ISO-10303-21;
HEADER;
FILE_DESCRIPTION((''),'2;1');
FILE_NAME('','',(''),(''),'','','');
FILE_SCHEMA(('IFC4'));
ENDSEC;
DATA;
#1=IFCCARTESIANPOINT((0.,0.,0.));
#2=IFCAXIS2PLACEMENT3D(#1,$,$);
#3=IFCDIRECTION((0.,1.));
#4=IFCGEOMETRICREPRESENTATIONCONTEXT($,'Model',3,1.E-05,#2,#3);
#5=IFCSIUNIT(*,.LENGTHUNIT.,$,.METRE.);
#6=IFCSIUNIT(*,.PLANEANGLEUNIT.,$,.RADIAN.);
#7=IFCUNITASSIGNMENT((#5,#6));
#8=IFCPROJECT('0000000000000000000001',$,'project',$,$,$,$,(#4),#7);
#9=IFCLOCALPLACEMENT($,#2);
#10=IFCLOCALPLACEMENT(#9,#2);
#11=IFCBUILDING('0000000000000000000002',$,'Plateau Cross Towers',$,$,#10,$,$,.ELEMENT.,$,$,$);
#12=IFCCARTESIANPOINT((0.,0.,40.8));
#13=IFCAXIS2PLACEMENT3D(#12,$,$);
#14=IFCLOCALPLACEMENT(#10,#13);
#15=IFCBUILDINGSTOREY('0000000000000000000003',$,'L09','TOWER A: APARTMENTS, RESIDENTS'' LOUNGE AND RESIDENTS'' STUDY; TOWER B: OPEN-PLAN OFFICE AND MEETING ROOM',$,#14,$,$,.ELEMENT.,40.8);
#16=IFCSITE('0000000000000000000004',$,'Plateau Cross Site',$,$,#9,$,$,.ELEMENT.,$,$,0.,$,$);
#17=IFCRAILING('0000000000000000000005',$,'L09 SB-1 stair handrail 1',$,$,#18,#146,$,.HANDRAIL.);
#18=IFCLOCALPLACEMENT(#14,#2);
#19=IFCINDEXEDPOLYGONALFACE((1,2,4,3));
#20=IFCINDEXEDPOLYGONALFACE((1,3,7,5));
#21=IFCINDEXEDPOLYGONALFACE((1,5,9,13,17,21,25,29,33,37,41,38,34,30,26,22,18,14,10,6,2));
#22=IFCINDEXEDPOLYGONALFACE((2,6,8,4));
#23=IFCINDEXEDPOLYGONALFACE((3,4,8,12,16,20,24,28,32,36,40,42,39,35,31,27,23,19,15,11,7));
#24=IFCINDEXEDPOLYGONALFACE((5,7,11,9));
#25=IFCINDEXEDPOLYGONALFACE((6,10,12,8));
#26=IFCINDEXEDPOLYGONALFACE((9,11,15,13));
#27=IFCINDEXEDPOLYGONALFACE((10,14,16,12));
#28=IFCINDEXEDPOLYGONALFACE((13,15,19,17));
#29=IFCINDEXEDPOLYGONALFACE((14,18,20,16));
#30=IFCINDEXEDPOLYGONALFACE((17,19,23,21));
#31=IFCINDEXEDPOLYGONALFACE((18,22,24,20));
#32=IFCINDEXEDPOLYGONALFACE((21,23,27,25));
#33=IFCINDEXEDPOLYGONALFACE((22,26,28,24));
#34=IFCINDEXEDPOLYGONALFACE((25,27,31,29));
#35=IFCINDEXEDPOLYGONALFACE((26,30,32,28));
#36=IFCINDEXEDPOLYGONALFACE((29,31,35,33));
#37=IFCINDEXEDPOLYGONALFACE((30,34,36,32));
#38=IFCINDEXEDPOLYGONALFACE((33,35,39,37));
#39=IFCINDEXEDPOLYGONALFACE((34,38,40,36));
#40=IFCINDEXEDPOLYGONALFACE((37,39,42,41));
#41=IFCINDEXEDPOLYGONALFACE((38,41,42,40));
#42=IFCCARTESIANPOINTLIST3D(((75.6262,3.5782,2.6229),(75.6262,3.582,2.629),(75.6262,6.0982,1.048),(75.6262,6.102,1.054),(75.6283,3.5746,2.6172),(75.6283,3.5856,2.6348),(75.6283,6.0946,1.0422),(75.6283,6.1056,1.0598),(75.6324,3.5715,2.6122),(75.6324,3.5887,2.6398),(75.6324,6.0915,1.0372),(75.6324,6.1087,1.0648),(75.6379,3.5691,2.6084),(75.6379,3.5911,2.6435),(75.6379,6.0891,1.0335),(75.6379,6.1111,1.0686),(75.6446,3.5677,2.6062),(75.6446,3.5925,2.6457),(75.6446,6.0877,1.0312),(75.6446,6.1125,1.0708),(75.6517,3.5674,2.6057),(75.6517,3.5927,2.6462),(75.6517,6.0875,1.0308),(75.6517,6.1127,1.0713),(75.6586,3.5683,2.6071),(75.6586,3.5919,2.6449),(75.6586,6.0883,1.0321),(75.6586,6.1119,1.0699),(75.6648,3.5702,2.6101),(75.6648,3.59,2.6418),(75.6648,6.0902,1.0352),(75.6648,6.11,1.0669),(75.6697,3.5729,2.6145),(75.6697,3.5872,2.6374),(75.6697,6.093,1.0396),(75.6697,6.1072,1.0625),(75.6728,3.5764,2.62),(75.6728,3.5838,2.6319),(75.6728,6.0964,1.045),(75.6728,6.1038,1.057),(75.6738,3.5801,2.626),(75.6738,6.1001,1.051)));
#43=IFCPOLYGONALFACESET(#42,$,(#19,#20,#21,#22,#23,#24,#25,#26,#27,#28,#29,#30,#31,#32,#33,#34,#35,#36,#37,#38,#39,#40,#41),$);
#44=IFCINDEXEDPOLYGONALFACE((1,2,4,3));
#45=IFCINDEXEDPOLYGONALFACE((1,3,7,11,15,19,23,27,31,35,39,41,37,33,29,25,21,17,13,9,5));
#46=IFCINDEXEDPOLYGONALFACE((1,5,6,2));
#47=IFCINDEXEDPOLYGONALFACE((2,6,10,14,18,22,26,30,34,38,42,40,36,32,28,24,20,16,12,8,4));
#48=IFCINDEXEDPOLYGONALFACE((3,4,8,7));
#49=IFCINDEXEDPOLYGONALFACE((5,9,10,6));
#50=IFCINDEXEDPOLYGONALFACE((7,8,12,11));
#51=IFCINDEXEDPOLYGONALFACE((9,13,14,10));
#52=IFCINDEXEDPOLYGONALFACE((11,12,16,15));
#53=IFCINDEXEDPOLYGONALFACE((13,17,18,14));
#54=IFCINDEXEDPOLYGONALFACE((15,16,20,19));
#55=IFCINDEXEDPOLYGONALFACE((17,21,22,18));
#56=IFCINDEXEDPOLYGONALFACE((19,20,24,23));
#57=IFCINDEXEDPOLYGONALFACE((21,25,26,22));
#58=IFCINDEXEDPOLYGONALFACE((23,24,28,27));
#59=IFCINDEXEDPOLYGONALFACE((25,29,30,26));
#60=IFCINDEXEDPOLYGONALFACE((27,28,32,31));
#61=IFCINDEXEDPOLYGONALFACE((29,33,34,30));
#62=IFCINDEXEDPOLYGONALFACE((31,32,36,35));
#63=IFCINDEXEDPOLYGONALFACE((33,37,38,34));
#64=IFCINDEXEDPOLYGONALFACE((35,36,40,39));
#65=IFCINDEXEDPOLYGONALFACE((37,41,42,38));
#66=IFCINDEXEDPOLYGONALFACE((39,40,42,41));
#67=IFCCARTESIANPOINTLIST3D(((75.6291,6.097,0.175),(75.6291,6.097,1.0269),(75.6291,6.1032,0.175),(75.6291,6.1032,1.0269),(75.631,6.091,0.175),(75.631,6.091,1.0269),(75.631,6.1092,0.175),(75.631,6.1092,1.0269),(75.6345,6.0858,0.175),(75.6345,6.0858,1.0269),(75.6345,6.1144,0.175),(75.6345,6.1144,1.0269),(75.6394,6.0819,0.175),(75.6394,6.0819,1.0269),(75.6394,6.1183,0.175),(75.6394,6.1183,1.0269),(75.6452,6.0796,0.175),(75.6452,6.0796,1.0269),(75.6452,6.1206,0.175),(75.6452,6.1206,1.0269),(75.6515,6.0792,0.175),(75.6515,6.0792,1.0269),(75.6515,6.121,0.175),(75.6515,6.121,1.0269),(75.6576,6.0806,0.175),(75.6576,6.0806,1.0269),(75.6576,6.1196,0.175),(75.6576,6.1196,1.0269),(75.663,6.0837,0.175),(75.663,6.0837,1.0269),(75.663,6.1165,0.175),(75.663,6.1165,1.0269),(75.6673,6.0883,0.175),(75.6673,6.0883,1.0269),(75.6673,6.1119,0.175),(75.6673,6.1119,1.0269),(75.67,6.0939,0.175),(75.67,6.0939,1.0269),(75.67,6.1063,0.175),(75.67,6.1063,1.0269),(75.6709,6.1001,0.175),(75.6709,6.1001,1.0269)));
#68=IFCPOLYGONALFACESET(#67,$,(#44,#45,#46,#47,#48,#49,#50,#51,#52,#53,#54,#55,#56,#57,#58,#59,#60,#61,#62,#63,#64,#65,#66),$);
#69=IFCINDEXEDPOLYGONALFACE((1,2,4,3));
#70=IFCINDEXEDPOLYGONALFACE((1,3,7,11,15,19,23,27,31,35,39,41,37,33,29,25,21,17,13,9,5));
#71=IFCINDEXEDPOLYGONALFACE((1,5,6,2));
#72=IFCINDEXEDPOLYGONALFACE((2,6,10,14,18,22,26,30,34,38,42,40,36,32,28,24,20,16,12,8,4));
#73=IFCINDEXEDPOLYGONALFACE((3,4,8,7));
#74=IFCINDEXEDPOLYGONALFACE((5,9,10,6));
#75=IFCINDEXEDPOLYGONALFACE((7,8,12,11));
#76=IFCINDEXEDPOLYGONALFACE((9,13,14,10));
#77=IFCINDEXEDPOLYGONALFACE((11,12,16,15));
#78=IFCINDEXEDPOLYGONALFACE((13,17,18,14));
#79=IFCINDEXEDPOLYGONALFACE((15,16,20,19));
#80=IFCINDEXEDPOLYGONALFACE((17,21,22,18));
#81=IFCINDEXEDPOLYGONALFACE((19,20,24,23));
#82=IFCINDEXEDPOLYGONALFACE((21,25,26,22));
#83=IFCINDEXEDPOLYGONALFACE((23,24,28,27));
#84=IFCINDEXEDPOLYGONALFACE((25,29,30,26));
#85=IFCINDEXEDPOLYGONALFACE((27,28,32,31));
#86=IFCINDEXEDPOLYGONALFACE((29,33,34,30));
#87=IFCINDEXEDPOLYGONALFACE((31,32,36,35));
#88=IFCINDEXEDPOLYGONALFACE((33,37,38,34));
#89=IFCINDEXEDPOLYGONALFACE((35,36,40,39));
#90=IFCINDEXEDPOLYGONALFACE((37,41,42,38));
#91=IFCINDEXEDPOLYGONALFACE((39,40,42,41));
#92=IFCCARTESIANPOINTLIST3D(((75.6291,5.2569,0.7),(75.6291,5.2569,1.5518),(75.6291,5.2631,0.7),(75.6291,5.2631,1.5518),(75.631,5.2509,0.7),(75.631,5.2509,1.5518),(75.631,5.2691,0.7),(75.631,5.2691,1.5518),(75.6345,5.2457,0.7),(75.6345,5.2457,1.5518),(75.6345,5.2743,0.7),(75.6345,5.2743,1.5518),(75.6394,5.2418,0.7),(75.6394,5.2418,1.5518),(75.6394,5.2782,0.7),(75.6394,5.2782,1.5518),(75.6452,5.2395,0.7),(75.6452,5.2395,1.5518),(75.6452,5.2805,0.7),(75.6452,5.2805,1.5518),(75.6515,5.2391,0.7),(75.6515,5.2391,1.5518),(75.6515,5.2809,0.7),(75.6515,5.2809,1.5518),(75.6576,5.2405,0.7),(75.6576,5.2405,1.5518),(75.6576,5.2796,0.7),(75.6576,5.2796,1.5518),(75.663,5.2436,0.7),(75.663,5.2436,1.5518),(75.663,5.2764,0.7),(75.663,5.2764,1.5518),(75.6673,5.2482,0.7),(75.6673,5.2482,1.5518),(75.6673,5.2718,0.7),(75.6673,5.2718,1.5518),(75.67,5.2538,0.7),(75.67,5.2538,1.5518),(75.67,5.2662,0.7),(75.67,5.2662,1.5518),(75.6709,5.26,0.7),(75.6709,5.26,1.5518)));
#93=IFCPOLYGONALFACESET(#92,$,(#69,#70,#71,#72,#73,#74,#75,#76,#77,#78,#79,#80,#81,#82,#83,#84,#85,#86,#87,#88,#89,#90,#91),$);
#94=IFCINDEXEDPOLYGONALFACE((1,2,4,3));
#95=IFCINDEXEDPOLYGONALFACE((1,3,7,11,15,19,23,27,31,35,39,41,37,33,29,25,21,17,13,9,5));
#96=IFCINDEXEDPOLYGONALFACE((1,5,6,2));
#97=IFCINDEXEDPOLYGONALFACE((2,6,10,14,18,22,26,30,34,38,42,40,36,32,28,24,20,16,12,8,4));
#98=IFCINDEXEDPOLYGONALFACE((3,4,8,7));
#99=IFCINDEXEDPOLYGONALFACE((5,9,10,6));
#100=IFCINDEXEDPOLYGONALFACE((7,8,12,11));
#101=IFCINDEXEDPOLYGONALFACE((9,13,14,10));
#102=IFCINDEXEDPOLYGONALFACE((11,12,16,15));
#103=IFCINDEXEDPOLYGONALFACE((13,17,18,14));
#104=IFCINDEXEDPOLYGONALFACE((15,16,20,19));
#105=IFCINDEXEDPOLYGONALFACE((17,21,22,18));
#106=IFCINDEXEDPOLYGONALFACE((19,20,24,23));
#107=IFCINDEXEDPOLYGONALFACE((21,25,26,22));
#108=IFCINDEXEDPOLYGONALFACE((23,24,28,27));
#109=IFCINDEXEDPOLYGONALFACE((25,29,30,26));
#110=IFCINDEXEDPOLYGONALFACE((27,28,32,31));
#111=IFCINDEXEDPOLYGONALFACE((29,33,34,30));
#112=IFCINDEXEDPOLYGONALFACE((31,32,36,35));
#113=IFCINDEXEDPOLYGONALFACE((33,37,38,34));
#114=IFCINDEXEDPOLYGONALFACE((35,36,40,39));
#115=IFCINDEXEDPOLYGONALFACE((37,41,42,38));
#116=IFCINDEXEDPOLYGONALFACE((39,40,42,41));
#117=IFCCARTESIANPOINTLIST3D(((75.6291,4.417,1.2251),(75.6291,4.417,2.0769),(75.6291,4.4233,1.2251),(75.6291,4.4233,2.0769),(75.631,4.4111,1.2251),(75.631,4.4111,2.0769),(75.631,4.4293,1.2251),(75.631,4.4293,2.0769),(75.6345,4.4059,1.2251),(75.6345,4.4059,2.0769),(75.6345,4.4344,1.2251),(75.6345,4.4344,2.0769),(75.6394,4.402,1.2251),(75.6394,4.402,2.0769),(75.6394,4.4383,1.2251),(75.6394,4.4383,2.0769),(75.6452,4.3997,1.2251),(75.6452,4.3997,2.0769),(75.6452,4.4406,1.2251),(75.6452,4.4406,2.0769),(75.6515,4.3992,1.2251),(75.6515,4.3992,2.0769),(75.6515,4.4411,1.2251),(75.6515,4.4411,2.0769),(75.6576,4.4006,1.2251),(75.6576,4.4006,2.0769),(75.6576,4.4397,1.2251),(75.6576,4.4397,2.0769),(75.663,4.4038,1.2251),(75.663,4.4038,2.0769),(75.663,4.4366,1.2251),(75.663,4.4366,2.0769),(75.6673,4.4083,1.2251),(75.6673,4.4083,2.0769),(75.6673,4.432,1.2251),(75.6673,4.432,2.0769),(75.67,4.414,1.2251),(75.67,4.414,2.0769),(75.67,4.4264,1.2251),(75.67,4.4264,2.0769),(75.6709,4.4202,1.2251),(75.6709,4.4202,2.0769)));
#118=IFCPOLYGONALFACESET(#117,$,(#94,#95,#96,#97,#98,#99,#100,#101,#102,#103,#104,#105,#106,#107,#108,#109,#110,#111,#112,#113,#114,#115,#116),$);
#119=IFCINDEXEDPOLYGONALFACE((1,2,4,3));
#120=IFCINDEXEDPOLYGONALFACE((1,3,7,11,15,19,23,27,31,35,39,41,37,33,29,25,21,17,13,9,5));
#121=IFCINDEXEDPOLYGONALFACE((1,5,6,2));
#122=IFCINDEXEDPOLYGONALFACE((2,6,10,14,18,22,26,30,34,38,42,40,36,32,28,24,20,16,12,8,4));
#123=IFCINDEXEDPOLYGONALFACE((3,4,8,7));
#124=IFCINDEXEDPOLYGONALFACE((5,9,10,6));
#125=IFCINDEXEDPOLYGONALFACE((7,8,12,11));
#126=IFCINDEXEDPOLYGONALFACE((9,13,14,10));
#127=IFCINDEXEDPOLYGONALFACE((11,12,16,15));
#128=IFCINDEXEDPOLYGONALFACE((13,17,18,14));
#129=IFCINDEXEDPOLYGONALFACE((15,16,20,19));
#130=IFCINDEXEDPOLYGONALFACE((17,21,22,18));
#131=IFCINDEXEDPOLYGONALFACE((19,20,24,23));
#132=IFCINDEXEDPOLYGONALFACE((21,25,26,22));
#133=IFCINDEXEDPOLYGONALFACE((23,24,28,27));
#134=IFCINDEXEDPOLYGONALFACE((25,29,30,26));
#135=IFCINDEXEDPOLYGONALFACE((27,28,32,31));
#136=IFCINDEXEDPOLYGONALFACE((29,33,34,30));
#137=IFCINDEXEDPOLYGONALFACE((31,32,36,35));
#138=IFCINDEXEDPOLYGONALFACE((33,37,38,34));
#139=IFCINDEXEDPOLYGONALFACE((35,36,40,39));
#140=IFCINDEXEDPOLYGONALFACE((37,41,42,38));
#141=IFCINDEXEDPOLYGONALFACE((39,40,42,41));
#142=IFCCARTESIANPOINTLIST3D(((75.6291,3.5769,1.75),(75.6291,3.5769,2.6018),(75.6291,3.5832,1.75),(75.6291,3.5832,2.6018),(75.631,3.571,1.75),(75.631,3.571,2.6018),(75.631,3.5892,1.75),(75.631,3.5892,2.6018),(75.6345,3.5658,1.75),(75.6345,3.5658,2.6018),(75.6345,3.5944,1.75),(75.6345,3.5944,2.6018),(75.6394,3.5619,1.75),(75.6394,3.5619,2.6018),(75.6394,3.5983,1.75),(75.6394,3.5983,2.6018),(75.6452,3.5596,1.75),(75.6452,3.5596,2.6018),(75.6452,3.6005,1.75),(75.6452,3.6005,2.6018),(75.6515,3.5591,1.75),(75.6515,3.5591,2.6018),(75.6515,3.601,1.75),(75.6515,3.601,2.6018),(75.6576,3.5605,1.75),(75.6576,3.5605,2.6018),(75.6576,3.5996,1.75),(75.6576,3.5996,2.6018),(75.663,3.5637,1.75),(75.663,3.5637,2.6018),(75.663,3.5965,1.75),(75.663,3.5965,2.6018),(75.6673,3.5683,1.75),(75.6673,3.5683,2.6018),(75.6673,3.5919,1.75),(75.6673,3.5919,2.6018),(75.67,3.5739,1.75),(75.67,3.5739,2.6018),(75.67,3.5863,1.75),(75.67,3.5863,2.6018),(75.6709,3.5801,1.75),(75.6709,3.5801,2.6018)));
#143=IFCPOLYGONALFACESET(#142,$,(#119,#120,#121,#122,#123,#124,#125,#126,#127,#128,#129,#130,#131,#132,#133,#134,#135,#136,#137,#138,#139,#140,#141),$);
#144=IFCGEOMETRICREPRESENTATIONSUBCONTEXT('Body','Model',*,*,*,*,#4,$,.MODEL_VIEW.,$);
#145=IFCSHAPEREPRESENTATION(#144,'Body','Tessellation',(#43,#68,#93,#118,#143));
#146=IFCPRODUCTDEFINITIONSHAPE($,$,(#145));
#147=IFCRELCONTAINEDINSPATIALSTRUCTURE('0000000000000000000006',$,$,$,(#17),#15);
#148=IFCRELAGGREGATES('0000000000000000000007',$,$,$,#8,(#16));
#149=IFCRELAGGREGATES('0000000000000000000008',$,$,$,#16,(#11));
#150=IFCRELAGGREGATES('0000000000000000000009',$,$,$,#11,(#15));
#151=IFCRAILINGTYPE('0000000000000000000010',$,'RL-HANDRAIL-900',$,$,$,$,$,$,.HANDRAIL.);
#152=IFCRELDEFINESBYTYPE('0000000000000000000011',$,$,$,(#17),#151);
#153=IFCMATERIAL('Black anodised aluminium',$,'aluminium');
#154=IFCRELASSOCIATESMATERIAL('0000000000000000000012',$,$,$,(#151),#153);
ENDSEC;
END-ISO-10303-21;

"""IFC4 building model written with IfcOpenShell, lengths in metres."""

from ifc_helpers import new_model, si_unit, direction, frame, origin, origin_2d, place, context, subcontext, project, spatial, circle, extrude, material, type_object, element, save


model = new_model("IFC4")

# Units and contexts
model_context = context("Model", 3, precision=1e-05, world=origin(), true_north=direction((0.0, 1.0)))
body_context = subcontext(model_context, "Body", "Model", "MODEL_VIEW")
ifc_project = project(units=[si_unit("LENGTHUNIT", "METRE"), si_unit("PLANEANGLEUNIT", "RADIAN")], contexts=[model_context])

# Site, building, storey
site_placement = place(None, origin())
site = spatial("IfcSite", under=ifc_project, at=site_placement, Name="Plateau Cross Site", CompositionType="ELEMENT", RefElevation=0.0)
building_placement = place(site_placement, origin())
building = spatial("IfcBuilding", under=site, at=building_placement, Name="Plateau Cross Towers", CompositionType="ELEMENT")
storey_placement = place(building_placement, frame((0.0, 0.0, 40.8)))
storey = spatial("IfcBuildingStorey", under=building, at=storey_placement, Name="L09", Description="TOWER A: APARTMENTS, RESIDENTS' LOUNGE AND RESIDENTS' STUDY; TOWER B: OPEN-PLAN OFFICE AND MEETING ROOM", CompositionType="ELEMENT", Elevation=40.8)

# Shared definitions
ifc_material_1 = material(Name="Black anodised aluminium", Category="aluminium")

# Railing
railing_type_1 = type_object("IfcRailingType", Name="RL-HANDRAIL-900", PredefinedType="HANDRAIL", material=ifc_material_1)
railing_1_placement = place(storey_placement, frame((75.6499, 6.1001, 0.175)))
element("IfcRailing", 1, at=railing_1_placement, inside=storey, type_object=railing_type_1, Name="L09 SB-1 stair handrail 1", PredefinedType="HANDRAIL", context=body_context, shape_type="SweptSolid", body=[
    extrude(circle(Radius=0.0239, at=origin_2d()), frame((0.0, 0.0, 0.876), z_axis=(0.0, -0.848008, 0.529984), x_axis=(1.0, 0.0, 0.0)), (0.0, 0.0, 1.0), 2.9717),
    extrude(circle(Radius=0.021, at=origin_2d()), origin(), (0.0, 0.0, 1.0), 0.8518),
    extrude(circle(Radius=0.021, at=origin_2d()), frame((0.0, -0.8401, 0.5249)), (0.0, 0.0, 1.0), 0.8518),
    extrude(circle(Radius=0.021, at=origin_2d()), frame((0.0, -1.6799, 1.05)), (0.0, 0.0, 1.0), 0.8518),
    extrude(circle(Radius=0.021, at=origin_2d()), frame((0.0, -2.52, 1.575)), (0.0, 0.0, 1.0), 0.8518),
])

save(model, "model.ifc")
